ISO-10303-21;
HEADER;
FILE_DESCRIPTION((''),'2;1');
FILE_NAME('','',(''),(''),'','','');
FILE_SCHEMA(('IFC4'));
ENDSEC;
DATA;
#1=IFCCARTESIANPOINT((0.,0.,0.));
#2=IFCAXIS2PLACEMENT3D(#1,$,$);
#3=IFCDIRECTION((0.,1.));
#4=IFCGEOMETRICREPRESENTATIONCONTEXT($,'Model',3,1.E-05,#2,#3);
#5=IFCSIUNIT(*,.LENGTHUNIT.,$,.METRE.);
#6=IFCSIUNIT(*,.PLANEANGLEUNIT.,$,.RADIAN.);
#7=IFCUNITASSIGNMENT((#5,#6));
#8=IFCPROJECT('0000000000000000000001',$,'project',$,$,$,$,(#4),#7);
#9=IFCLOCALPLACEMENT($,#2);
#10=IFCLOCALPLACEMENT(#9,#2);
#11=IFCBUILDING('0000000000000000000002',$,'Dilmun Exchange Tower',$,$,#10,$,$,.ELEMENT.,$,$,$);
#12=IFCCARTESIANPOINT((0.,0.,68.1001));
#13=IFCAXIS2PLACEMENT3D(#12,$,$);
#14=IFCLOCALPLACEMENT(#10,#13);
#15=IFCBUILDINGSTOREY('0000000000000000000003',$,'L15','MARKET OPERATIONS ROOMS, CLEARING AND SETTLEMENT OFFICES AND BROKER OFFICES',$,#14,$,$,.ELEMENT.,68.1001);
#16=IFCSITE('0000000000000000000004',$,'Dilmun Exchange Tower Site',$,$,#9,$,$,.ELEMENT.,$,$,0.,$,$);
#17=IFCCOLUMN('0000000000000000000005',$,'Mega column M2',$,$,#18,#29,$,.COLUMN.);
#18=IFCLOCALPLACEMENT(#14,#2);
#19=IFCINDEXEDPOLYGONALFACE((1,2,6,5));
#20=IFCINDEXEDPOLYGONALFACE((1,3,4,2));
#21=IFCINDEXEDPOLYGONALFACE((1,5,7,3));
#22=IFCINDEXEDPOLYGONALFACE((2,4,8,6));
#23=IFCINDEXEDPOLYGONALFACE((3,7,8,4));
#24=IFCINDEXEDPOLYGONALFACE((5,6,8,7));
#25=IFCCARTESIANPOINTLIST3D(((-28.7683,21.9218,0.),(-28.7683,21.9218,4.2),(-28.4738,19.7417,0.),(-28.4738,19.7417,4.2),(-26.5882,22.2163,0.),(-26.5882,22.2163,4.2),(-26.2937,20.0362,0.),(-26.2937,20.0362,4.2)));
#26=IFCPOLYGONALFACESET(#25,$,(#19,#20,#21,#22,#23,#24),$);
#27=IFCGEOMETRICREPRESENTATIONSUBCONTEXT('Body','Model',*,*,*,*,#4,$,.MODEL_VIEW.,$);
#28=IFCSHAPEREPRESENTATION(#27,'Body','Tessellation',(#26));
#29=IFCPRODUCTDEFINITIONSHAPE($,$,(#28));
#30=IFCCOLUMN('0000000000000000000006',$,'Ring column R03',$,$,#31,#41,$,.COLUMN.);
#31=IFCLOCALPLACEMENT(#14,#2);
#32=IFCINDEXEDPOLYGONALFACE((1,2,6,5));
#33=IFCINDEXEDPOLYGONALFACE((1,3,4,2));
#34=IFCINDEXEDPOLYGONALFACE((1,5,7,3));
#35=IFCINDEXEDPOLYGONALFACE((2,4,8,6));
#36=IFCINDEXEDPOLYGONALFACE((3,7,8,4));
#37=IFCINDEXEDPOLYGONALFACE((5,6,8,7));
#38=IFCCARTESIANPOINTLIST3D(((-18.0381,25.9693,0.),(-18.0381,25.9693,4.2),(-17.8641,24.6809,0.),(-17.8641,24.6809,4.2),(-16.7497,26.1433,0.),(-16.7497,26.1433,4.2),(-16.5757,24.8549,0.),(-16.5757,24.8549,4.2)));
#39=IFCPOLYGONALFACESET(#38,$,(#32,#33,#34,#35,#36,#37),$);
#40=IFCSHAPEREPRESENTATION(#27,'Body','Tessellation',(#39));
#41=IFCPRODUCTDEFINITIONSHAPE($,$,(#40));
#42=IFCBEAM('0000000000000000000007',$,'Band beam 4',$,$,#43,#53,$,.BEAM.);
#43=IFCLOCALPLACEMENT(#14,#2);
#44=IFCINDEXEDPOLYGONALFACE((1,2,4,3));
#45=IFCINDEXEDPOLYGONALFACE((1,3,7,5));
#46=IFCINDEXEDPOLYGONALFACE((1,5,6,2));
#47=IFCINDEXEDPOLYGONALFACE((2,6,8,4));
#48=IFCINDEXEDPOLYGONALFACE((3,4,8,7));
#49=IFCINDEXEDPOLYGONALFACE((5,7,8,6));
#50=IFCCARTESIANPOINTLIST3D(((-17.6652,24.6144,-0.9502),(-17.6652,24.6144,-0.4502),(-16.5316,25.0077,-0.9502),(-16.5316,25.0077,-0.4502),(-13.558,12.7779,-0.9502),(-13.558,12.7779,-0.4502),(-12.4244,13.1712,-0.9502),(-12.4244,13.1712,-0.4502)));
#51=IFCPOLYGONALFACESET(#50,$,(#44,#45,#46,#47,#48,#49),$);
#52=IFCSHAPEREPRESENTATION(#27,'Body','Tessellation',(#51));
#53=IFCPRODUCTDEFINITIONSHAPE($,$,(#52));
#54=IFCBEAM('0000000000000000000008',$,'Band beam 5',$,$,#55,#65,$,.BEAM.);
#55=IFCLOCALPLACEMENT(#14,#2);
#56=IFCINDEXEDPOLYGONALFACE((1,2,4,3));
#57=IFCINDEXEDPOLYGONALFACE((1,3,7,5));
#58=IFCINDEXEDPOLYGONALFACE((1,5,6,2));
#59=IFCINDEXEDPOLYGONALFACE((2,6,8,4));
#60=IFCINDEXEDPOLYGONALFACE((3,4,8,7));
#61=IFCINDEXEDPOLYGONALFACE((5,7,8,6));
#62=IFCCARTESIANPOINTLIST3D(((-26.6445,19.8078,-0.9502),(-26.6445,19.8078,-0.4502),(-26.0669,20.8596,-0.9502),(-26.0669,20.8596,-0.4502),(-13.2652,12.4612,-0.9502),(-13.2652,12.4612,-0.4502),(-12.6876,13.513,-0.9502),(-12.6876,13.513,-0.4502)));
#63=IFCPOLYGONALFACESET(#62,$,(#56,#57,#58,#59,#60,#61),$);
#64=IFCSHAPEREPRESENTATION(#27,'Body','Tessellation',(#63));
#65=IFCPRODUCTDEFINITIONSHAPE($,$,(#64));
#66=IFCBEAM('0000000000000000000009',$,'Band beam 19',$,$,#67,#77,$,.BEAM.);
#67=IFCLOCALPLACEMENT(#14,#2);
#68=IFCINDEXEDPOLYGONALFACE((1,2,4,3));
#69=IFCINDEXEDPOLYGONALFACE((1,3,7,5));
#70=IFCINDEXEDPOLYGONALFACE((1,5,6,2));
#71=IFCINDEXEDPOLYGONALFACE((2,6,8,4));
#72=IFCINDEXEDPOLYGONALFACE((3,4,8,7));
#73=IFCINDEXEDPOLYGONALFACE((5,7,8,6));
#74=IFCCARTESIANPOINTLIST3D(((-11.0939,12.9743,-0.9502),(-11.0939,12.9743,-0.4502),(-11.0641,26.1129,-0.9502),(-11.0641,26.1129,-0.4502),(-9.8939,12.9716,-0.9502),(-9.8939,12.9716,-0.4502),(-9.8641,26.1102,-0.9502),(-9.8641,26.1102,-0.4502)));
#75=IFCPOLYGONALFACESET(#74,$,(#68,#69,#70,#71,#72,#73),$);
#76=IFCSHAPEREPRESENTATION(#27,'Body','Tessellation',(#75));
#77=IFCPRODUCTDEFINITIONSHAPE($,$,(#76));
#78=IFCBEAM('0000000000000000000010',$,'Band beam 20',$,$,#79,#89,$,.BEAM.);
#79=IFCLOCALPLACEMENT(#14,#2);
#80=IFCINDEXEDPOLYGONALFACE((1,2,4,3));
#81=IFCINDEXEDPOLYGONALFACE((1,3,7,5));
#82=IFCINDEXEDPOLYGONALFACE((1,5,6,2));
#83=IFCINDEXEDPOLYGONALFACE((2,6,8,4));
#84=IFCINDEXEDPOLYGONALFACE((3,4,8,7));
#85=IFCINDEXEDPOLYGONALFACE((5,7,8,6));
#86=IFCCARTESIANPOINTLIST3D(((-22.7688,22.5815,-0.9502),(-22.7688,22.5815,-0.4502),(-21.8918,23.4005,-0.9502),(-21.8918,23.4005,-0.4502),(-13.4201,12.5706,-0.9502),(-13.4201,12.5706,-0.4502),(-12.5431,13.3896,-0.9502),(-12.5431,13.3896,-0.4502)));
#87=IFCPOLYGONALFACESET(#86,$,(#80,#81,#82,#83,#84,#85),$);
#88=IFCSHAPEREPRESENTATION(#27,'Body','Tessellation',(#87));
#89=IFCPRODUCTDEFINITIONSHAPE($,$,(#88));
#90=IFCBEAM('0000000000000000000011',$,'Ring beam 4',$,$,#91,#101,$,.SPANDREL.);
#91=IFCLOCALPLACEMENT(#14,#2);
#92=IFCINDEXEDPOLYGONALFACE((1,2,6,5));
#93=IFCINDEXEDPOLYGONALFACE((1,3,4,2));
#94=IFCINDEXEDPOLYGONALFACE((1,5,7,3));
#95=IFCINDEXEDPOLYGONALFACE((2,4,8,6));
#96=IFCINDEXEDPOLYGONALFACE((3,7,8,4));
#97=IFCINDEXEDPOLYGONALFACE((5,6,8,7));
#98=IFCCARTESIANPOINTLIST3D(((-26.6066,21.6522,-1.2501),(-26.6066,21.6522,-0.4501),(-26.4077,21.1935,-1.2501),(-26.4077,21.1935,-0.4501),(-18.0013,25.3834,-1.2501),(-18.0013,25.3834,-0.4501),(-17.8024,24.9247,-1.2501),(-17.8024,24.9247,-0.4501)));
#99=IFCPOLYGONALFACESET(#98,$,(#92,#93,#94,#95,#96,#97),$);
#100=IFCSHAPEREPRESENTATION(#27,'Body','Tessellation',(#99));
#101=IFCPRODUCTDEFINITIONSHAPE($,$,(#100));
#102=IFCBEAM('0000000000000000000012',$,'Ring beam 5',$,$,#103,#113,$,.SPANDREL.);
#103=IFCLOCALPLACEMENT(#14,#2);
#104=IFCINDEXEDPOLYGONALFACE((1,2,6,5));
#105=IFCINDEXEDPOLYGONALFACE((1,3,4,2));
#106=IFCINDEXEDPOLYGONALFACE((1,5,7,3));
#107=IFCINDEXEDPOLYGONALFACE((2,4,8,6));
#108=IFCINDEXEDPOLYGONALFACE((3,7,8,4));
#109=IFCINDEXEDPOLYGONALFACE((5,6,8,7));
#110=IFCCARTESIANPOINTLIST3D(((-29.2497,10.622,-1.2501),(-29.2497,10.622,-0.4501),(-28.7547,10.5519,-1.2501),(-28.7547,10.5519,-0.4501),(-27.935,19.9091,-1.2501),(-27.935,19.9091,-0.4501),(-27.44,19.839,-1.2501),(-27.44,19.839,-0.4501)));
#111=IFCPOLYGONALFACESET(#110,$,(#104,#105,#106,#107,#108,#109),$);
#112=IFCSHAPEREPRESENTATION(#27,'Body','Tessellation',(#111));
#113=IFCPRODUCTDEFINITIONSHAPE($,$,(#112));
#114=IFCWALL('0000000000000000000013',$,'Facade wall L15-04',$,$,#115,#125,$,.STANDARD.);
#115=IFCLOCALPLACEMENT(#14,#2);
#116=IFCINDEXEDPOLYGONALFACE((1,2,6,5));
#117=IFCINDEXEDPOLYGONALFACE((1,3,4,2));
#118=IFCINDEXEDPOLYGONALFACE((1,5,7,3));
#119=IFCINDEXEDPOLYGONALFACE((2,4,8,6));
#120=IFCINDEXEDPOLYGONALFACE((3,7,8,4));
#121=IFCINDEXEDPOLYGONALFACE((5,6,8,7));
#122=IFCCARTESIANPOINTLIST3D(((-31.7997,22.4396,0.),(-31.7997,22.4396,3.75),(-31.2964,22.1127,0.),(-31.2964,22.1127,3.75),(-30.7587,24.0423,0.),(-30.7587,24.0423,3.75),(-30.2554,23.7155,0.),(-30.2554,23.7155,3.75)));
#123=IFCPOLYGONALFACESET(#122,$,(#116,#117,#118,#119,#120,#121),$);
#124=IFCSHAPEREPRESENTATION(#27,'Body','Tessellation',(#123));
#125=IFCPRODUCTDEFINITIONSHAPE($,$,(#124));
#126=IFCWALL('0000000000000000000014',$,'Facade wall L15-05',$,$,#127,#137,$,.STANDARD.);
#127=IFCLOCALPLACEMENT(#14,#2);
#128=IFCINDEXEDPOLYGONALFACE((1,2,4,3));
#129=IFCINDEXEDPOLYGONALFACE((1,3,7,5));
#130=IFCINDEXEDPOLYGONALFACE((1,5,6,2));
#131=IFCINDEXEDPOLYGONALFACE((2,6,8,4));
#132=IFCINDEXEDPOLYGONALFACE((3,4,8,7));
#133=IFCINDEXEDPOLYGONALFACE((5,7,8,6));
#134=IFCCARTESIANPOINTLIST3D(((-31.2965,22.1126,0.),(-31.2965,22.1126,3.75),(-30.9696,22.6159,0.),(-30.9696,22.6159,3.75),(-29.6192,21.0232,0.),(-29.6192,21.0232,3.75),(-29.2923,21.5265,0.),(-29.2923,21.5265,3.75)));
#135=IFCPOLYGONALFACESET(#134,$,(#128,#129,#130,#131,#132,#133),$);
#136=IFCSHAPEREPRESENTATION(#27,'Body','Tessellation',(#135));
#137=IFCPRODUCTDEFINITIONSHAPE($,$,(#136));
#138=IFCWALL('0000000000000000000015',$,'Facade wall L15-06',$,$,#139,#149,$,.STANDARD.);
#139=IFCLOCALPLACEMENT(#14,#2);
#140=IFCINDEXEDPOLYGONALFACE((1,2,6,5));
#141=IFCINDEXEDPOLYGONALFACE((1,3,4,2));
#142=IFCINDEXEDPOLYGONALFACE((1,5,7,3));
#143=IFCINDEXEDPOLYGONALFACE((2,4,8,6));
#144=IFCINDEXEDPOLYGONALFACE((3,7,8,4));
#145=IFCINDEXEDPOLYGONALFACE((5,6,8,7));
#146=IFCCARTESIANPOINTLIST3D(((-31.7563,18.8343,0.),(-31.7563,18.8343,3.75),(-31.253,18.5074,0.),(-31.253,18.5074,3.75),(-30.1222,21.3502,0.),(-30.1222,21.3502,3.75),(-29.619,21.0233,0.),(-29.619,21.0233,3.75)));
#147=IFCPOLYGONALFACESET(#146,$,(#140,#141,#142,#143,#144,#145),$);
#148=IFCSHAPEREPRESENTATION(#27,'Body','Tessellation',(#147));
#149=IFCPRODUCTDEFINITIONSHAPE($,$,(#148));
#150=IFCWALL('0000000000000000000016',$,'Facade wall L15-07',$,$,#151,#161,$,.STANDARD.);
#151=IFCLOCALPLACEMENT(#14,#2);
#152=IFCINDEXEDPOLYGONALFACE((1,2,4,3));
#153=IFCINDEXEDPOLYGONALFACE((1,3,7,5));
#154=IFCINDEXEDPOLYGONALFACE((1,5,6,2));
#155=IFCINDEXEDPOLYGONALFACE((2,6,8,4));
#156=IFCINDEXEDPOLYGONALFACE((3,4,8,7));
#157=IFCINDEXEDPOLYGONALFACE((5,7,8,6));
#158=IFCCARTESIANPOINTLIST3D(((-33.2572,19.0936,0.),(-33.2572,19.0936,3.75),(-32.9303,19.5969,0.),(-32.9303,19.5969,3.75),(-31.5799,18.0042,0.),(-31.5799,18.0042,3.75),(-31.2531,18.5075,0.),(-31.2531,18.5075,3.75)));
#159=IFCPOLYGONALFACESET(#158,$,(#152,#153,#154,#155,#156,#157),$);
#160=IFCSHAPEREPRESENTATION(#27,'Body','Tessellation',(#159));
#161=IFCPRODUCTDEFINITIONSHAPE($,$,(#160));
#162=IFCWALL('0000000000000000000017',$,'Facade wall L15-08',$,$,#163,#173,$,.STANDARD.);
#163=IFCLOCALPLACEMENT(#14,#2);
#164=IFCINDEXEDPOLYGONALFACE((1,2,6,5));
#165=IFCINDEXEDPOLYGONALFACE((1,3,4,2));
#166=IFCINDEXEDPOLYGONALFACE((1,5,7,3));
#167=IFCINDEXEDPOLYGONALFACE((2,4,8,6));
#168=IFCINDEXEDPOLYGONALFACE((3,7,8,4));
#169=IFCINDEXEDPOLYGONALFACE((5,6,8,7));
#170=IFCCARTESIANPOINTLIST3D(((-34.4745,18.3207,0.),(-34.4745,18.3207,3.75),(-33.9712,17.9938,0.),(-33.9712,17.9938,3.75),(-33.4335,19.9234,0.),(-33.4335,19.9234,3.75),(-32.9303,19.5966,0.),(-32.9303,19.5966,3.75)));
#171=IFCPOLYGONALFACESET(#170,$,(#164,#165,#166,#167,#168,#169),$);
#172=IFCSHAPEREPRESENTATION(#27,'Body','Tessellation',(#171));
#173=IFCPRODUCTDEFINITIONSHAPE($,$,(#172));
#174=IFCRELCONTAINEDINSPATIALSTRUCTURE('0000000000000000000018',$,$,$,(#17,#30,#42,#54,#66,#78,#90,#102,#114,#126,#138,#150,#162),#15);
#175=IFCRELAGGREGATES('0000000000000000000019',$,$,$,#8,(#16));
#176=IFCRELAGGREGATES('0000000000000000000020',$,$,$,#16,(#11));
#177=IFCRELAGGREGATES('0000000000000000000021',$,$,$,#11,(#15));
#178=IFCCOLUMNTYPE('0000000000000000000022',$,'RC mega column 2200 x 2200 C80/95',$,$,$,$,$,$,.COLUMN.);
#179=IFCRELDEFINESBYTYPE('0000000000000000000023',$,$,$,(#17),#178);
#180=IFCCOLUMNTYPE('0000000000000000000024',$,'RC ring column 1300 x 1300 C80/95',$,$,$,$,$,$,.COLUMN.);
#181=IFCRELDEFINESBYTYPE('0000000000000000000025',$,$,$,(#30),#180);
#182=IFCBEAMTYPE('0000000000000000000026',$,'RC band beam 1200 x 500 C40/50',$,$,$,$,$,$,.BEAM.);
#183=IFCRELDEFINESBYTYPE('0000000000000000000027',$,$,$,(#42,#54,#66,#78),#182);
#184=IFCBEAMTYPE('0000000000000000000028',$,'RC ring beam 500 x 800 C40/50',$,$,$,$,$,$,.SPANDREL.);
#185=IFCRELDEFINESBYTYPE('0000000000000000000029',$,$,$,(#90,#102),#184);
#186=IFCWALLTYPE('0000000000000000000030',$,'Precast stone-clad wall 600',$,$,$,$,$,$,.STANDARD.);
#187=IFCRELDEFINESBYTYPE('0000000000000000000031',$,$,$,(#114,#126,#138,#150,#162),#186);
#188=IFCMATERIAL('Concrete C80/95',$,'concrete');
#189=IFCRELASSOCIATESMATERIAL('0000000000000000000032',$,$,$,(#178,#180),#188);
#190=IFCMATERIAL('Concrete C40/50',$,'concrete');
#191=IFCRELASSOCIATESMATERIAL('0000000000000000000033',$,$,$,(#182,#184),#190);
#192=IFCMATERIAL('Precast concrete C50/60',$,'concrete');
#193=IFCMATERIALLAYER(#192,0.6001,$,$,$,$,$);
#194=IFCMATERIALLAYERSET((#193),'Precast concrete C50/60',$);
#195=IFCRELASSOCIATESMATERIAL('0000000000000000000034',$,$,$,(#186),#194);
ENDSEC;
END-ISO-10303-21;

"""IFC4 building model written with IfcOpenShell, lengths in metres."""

from ifc_helpers import new_model, si_unit, direction, frame, frame_2d, origin, origin_2d, place, context, subcontext, project, spatial, rectangle, extrude, material, layer, layer_set, material_profile, profile_set, type_object, element, save


model = new_model("IFC4")

# Units and contexts
model_context = context("Model", 3, precision=1e-05, world=origin(), true_north=direction((0.0, 1.0)))
body_context = subcontext(model_context, "Body", "Model", "MODEL_VIEW")
ifc_project = project(units=[si_unit("LENGTHUNIT", "METRE"), si_unit("PLANEANGLEUNIT", "RADIAN")], contexts=[model_context])

# Site, building, storey
site_placement = place(None, origin())
site = spatial("IfcSite", under=ifc_project, at=site_placement, Name="Dilmun Exchange Tower Site", CompositionType="ELEMENT", RefElevation=0.0)
building_placement = place(site_placement, origin())
building = spatial("IfcBuilding", under=site, at=building_placement, Name="Dilmun Exchange Tower", CompositionType="ELEMENT")
storey_placement = place(building_placement, frame((0.0, 0.0, 68.1001)))
storey = spatial("IfcBuildingStorey", under=building, at=storey_placement, Name="L15", Description="MARKET OPERATIONS ROOMS, CLEARING AND SETTLEMENT OFFICES AND BROKER OFFICES", CompositionType="ELEMENT", Elevation=68.1001)

# Columns
ifc_material_1 = material(Name="Concrete C80/95", Category="concrete")
ifc_material_profile_1 = material_profile(ifc_material_1, rectangle(XDim=2.2, YDim=2.2, at=origin_2d()), Name="2200 x 2200")
ifc_profile_set_1 = profile_set([ifc_material_profile_1], Name="Concrete C80/95")
column_type_1 = type_object("IfcColumnType", Name="RC mega column 2200 x 2200 C80/95", PredefinedType="COLUMN", material=ifc_profile_set_1)
column_1_placement = place(storey_placement, frame((-27.531, 20.979, 0.0), z_axis=(0.0, 0.0, 1.0), x_axis=(0.991001, 0.133853, 0.0)))
element("IfcColumn", 1, at=column_1_placement, inside=storey, type_object=column_type_1, Name="Mega column M2", PredefinedType="COLUMN", context=body_context, shape_type="SweptSolid", body=[
    extrude(rectangle(XDim=2.2, YDim=2.2, at=origin_2d()), origin(), (0.0, 0.0, 1.0), 4.2),
])
ifc_material_profile_2 = material_profile(ifc_material_1, rectangle(XDim=1.3, YDim=1.3, at=origin_2d()), Name="1300 x 1300")
ifc_profile_set_2 = profile_set([ifc_material_profile_2], Name="Concrete C80/95")
column_type_2 = type_object("IfcColumnType", Name="RC ring column 1300 x 1300 C80/95", PredefinedType="COLUMN", material=ifc_profile_set_2)
column_2_placement = place(storey_placement, frame((-17.3069, 25.4121, 0.0), z_axis=(0.0, 0.0, 1.0), x_axis=(0.991001, 0.133853, 0.0)))
element("IfcColumn", 2, at=column_2_placement, inside=storey, type_object=column_type_2, Name="Ring column R03", PredefinedType="COLUMN", context=body_context, shape_type="SweptSolid", body=[
    extrude(rectangle(XDim=1.3, YDim=1.3, at=origin_2d()), origin(), (0.0, 0.0, 1.0), 4.2),
])

# Beams
ifc_material_2 = material(Name="Concrete C40/50", Category="concrete")
ifc_material_profile_3 = material_profile(ifc_material_2, rectangle(XDim=1.2, YDim=0.5, at=origin_2d()), Name="1200 x 500")
ifc_profile_set_3 = profile_set([ifc_material_profile_3], Name="Concrete C40/50")
beam_type_1 = type_object("IfcBeamType", Name="RC band beam 1200 x 500 C40/50", PredefinedType="BEAM", material=ifc_profile_set_3)
beam_1_placement = place(storey_placement, frame((-17.0984, 24.811, -0.7002), z_axis=(0.32782, -0.94474, 0.0), x_axis=(0.94474, 0.32782, 0.0)))
element("IfcBeam", 3, at=beam_1_placement, inside=storey, type_object=beam_type_1, Name="Band beam 4", PredefinedType="BEAM", context=body_context, shape_type="SweptSolid", body=[
    extrude(rectangle(XDim=1.2, YDim=0.5, at=origin_2d()), origin(), (0.0, 0.0, 1.0), 12.5288),
])
beam_2_placement = place(storey_placement, frame((-26.3557, 20.3337, -0.7002), z_axis=(0.876547, -0.481316, 0.0), x_axis=(0.481316, 0.876547, 0.0)))
element("IfcBeam", 4, at=beam_2_placement, inside=storey, type_object=beam_type_1, Name="Band beam 5", PredefinedType="BEAM", context=body_context, shape_type="SweptSolid", body=[
    extrude(rectangle(XDim=1.2, YDim=0.5, at=origin_2d()), origin(), (0.0, 0.0, 1.0), 15.2637),
])
beam_3_placement = place(storey_placement, frame((-10.4641, 26.1116, -0.7002), z_axis=(-0.002267, -0.999997, 0.0), x_axis=(0.999997, -0.002267, 0.0)))
element("IfcBeam", 5, at=beam_3_placement, inside=storey, type_object=beam_type_1, Name="Band beam 19", PredefinedType="BEAM", context=body_context, shape_type="SweptSolid", body=[
    extrude(rectangle(XDim=1.2, YDim=0.5, at=origin_2d()), origin(), (0.0, 0.0, 1.0), 13.1387),
])
beam_4_placement = place(storey_placement, frame((-22.3303, 22.991, -0.7002), z_axis=(0.682524, -0.730863, 0.0), x_axis=(0.730863, 0.682524, 0.0)))
element("IfcBeam", 6, at=beam_4_placement, inside=storey, type_object=beam_type_1, Name="Band beam 20", PredefinedType="BEAM", context=body_context, shape_type="SweptSolid", body=[
    extrude(rectangle(XDim=1.2, YDim=0.5, at=origin_2d()), origin(), (0.0, 0.0, 1.0), 13.6973),
])
ifc_material_profile_4 = material_profile(ifc_material_2, rectangle(XDim=0.5, YDim=0.8, at=origin_2d()), Name="500 x 800")
ifc_profile_set_4 = profile_set([ifc_material_profile_4], Name="Concrete C40/50")
beam_type_2 = type_object("IfcBeamType", Name="RC ring beam 500 x 800 C40/50", PredefinedType="SPANDREL", material=ifc_profile_set_4)
beam_5_placement = place(storey_placement, frame((-17.9019, 25.1541, -0.8501), z_axis=(-0.917467, -0.397811, 0.0), x_axis=(0.397811, -0.917467, 0.0)))
element("IfcBeam", 7, at=beam_5_placement, inside=storey, type_object=beam_type_2, Name="Ring beam 4", PredefinedType="SPANDREL", context=body_context, shape_type="SweptSolid", body=[
    extrude(rectangle(XDim=0.5, YDim=0.8, at=origin_2d()), origin(), (0.0, 0.0, 1.0), 9.3794),
])
beam_6_placement = place(storey_placement, frame((-27.6875, 19.874, -0.8501), z_axis=(-0.140164, -0.990128, 0.0), x_axis=(0.990128, -0.140164, 0.0)))
element("IfcBeam", 8, at=beam_6_placement, inside=storey, type_object=beam_type_2, Name="Ring beam 5", PredefinedType="SPANDREL", context=body_context, shape_type="SweptSolid", body=[
    extrude(rectangle(XDim=0.5, YDim=0.8, at=origin_2d()), origin(), (0.0, 0.0, 1.0), 9.3796),
])

# Walls
ifc_material_3 = material(Name="Precast concrete C50/60", Category="concrete")
ifc_layer = layer(ifc_material_3, 0.6001)
ifc_layer_set = layer_set([ifc_layer], Name="Precast concrete C50/60")
wall_type = type_object("IfcWallType", Name="Precast stone-clad wall 600", PredefinedType="STANDARD", material=ifc_layer_set)
wall_1_placement = place(storey_placement, frame((-30.5071, 23.8789, 0.0), z_axis=(0.0, 0.0, 1.0), x_axis=(-0.544696, -0.838633, 0.0)))
element("IfcWall", 9, at=wall_1_placement, inside=storey, type_object=wall_type, Name="Facade wall L15-04", PredefinedType="STANDARD", context=body_context, shape_type="SweptSolid", body=[
    extrude(rectangle(XDim=1.9111, YDim=0.6001, at=frame_2d((0.9556, 0.0))), origin(), (0.0, 0.0, 1.0), 3.75),
])
wall_2_placement = place(storey_placement, frame((-31.1331, 22.3643, 0.0), z_axis=(0.0, 0.0, 1.0), x_axis=(0.838639, -0.544688, 0.0)))
element("IfcWall", 10, at=wall_2_placement, inside=storey, type_object=wall_type, Name="Facade wall L15-05", PredefinedType="STANDARD", context=body_context, shape_type="SweptSolid", body=[
    extrude(rectangle(XDim=2.0, YDim=0.6001, at=frame_2d((1.0, 0.0))), origin(), (0.0, 0.0, 1.0), 3.75),
])
wall_3_placement = place(storey_placement, frame((-29.8706, 21.1868, 0.0), z_axis=(0.0, 0.0, 1.0), x_axis=(-0.544688, -0.838639, 0.0)))
element("IfcWall", 11, at=wall_3_placement, inside=storey, type_object=wall_type, Name="Facade wall L15-06", PredefinedType="STANDARD", context=body_context, shape_type="SweptSolid", body=[
    extrude(rectangle(XDim=3.0, YDim=0.6001, at=frame_2d((1.5, 0.0))), origin(), (0.0, 0.0, 1.0), 3.75),
])
wall_4_placement = place(storey_placement, frame((-31.4165, 18.2559, 0.0), z_axis=(0.0, 0.0, 1.0), x_axis=(-0.838639, 0.544688, 0.0)))
element("IfcWall", 12, at=wall_4_placement, inside=storey, type_object=wall_type, Name="Facade wall L15-07", PredefinedType="STANDARD", context=body_context, shape_type="SweptSolid", body=[
    extrude(rectangle(XDim=2.0, YDim=0.6001, at=frame_2d((1.0, 0.0))), origin(), (0.0, 0.0, 1.0), 3.75),
])
wall_5_placement = place(storey_placement, frame((-33.1819, 19.76, 0.0), z_axis=(0.0, 0.0, 1.0), x_axis=(-0.544696, -0.838633, 0.0)))
element("IfcWall", 13, at=wall_5_placement, inside=storey, type_object=wall_type, Name="Facade wall L15-08", PredefinedType="STANDARD", context=body_context, shape_type="SweptSolid", body=[
    extrude(rectangle(XDim=1.9111, YDim=0.6001, at=frame_2d((0.9556, 0.0))), origin(), (0.0, 0.0, 1.0), 3.75),
])

save(model, "model.ifc")
